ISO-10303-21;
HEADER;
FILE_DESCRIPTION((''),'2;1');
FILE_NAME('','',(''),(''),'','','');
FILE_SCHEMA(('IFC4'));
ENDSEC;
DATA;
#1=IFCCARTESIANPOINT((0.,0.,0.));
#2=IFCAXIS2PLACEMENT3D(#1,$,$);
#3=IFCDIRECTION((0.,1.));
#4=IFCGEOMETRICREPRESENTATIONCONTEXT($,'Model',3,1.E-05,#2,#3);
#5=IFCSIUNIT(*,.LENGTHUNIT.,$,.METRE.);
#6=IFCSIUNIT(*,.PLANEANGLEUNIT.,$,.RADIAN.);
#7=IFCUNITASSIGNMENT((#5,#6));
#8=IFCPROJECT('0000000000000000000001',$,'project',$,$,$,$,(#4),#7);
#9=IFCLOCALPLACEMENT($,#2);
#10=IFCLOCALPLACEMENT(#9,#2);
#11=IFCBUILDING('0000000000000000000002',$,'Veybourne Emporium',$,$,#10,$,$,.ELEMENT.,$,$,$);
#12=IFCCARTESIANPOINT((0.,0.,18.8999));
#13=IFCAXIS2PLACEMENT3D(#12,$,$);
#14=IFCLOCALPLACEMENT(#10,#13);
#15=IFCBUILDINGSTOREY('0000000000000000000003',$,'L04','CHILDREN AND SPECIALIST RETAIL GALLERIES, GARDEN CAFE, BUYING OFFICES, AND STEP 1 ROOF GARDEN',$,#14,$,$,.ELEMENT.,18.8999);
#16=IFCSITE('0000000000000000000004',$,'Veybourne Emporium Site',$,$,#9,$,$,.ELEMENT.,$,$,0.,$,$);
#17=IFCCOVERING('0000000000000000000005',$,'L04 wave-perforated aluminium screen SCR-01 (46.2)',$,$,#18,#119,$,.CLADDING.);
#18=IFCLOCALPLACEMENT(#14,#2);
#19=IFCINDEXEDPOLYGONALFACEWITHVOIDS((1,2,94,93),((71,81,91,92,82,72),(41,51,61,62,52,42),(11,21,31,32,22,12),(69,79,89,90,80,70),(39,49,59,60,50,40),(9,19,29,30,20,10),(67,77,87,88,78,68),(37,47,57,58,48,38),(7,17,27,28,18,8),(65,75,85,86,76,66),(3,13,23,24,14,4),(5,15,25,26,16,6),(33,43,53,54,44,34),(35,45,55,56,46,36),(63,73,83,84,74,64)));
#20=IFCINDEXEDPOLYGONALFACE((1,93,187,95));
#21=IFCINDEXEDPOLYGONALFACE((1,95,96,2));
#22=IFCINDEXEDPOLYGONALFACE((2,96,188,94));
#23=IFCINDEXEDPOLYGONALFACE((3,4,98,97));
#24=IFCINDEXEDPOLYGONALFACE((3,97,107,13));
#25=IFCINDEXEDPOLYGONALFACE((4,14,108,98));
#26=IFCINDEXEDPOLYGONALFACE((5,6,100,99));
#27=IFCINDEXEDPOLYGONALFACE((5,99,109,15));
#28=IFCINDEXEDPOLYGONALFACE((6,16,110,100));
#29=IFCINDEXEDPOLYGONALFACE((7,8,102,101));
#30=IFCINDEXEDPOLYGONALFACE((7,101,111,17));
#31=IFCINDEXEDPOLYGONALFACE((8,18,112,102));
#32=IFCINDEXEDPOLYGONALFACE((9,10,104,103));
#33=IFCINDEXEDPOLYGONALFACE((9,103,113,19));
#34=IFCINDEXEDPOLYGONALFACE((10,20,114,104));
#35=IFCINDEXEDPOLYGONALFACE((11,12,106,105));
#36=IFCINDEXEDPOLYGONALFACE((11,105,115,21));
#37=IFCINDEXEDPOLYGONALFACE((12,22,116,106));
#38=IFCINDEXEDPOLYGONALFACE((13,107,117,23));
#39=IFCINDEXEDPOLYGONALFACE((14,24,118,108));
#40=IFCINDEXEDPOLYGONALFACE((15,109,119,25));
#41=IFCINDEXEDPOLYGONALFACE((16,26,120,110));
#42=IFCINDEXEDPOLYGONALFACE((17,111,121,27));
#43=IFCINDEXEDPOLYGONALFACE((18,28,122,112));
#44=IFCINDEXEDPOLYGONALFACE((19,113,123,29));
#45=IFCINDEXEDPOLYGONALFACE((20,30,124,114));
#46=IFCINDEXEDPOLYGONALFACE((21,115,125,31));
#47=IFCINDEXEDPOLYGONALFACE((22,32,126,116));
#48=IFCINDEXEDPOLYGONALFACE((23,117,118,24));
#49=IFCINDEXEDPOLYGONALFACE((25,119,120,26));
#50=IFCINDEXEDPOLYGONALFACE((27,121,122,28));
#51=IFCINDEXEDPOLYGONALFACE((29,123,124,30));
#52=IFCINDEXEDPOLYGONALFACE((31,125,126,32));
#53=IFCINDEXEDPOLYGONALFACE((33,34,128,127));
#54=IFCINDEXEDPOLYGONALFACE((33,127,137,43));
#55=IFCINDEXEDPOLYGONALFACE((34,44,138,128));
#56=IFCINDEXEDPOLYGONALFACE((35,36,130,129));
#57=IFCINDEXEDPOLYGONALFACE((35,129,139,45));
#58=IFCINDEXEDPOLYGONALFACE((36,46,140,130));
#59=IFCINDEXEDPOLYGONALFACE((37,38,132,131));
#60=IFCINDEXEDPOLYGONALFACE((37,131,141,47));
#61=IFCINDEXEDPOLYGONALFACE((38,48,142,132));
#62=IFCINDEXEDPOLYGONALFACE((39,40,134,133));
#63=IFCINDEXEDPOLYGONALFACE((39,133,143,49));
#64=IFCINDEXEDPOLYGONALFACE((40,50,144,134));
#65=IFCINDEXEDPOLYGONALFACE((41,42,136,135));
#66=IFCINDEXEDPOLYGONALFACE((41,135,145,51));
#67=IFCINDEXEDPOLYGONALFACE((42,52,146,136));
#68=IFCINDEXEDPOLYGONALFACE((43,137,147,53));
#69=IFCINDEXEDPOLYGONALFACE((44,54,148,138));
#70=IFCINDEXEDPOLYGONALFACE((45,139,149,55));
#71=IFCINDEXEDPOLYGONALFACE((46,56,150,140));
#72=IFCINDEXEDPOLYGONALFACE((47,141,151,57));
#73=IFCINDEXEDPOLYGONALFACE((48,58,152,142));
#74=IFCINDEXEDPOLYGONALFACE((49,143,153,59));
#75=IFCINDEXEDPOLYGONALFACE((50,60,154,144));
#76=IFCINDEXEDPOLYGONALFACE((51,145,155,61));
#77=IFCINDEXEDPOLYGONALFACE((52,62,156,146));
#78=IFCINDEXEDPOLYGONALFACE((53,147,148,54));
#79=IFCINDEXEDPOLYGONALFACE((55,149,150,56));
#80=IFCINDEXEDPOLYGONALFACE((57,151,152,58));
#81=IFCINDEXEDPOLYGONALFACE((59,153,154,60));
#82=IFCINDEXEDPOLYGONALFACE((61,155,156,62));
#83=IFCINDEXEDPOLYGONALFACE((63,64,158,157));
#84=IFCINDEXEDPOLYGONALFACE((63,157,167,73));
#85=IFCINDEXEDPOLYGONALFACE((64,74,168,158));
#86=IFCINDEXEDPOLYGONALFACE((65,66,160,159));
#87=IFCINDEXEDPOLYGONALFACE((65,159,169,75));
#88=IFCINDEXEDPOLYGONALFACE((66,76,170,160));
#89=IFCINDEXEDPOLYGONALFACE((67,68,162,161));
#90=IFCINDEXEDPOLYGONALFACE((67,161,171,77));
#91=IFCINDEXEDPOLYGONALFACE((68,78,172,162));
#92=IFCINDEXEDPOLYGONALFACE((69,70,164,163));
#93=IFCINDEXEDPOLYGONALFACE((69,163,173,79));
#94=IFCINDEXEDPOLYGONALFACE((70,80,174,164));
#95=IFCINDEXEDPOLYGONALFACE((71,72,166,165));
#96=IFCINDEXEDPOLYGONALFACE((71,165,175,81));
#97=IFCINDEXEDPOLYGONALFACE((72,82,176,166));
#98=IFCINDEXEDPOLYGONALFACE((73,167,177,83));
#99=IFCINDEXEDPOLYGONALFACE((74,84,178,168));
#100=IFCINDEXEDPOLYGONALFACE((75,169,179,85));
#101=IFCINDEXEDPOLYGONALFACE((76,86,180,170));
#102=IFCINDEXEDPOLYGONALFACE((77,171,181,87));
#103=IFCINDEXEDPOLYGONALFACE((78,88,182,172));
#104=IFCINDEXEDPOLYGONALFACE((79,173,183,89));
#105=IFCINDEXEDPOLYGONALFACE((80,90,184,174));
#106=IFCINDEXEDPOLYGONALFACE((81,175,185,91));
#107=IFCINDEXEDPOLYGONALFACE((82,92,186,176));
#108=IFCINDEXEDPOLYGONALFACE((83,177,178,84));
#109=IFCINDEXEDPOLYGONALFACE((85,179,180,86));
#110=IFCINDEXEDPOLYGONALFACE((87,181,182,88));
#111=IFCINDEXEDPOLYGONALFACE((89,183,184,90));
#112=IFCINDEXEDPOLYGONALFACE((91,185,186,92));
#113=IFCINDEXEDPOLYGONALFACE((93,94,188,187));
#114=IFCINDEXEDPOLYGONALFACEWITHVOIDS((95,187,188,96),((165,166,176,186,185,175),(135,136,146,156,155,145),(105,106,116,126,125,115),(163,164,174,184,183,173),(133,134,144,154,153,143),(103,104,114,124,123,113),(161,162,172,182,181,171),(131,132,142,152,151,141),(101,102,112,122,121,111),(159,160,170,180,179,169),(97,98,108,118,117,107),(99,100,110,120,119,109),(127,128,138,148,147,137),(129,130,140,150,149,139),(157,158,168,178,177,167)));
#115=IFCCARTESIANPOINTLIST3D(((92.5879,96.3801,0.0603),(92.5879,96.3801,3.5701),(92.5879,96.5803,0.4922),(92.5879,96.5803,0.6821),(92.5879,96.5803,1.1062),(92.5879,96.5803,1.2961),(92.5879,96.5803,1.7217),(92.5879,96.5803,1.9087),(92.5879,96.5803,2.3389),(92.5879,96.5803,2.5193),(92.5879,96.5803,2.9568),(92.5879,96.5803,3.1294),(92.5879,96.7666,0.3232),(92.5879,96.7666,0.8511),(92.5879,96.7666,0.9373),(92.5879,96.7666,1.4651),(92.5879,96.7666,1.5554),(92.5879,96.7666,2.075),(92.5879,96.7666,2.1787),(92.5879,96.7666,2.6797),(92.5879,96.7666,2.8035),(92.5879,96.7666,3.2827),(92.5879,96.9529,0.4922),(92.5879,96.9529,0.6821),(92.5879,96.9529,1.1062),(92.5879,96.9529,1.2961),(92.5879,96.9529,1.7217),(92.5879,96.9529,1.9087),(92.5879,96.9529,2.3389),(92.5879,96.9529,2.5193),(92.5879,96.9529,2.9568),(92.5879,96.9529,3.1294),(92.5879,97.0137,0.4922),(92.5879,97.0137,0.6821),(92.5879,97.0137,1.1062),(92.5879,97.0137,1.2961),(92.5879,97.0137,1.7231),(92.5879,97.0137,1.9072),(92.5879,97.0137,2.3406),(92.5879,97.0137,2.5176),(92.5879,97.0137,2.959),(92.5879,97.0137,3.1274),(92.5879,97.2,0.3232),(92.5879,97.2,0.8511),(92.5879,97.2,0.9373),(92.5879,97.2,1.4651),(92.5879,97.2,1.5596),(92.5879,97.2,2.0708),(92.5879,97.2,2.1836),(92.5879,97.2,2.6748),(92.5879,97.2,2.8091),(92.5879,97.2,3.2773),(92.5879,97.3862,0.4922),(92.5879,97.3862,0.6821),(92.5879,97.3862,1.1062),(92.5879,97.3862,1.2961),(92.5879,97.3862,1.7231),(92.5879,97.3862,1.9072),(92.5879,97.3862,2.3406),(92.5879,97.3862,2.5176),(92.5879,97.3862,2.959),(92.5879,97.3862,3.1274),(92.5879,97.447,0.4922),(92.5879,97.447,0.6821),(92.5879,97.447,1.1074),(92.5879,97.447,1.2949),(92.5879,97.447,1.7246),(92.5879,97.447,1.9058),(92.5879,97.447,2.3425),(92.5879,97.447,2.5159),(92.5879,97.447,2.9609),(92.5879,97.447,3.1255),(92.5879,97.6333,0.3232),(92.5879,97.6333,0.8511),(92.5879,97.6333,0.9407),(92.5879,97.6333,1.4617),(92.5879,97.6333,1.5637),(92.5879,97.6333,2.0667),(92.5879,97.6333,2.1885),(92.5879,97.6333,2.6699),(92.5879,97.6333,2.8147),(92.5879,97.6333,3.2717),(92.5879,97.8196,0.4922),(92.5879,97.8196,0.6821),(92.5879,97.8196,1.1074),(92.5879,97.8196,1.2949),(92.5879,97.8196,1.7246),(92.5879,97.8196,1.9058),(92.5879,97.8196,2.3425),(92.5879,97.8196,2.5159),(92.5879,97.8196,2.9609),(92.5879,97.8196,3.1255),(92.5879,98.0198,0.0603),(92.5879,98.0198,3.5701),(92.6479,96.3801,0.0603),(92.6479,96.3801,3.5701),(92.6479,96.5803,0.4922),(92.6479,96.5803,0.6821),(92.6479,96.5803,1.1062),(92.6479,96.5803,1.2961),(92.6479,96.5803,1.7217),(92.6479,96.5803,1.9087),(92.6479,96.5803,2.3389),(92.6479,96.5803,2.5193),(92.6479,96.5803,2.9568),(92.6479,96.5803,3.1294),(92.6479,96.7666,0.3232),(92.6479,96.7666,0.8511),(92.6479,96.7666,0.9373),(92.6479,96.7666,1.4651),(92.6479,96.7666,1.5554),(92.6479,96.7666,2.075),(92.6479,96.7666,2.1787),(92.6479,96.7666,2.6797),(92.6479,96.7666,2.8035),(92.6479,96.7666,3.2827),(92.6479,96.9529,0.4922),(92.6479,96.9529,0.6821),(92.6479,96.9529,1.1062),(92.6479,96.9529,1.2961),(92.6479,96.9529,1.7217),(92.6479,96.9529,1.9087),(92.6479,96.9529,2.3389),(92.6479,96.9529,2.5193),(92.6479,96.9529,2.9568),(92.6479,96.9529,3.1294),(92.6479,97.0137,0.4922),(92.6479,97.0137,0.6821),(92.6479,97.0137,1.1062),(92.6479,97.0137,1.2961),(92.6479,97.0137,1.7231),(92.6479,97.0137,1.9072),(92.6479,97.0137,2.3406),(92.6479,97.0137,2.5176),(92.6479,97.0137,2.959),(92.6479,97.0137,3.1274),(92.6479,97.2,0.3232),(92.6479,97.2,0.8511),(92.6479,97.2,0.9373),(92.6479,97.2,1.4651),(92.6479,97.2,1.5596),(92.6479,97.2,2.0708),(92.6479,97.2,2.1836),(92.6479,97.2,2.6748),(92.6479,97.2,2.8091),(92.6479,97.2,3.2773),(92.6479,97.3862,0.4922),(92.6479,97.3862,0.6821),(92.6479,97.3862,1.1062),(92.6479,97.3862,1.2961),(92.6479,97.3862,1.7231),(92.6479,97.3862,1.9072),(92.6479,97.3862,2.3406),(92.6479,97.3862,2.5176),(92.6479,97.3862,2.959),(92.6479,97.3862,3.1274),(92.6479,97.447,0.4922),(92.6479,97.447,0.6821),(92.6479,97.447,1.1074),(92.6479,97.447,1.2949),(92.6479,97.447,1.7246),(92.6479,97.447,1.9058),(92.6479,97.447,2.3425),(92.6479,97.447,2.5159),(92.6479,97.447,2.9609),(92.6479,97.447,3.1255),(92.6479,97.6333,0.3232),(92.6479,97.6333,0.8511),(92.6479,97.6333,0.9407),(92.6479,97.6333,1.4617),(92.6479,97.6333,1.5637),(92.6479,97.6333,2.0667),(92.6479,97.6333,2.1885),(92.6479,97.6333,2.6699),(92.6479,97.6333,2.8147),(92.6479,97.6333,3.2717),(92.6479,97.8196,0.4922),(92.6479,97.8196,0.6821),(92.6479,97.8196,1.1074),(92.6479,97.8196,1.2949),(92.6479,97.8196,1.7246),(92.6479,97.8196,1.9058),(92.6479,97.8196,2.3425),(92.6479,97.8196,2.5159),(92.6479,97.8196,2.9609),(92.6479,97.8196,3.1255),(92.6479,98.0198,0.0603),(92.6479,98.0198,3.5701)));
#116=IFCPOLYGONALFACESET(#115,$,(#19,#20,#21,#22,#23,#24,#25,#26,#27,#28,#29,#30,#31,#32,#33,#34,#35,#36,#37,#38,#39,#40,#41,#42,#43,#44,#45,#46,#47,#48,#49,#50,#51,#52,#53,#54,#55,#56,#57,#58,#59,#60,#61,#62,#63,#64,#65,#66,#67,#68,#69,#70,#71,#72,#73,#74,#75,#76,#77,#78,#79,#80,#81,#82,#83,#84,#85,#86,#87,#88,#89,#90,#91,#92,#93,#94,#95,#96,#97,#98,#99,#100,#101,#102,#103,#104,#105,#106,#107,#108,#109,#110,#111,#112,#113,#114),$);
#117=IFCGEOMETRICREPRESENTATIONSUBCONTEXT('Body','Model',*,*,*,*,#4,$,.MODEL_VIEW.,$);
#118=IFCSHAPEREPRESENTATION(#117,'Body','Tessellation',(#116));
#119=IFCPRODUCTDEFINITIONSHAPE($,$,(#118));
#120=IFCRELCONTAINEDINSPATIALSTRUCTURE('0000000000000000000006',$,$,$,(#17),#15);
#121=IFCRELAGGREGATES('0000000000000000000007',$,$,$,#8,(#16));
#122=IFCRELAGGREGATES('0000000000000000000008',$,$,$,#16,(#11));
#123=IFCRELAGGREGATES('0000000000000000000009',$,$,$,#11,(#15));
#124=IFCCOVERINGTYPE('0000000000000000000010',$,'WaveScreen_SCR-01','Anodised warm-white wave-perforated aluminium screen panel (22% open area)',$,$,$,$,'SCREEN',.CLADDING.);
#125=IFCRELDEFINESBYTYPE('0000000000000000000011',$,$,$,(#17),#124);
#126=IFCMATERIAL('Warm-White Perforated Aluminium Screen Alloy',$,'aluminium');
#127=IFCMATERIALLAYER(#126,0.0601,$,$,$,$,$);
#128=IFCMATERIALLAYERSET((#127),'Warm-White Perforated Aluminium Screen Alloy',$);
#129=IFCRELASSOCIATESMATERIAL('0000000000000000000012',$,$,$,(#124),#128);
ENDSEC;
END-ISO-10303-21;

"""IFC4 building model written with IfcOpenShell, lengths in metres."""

from ifc_helpers import new_model, si_unit, direction, frame, origin, place, context, subcontext, project, spatial, polyline, outline, extrude, material, layer, layer_set, type_object, element, save


model = new_model("IFC4")

# Units and contexts
model_context = context("Model", 3, precision=1e-05, world=origin(), true_north=direction((0.0, 1.0)))
body_context = subcontext(model_context, "Body", "Model", "MODEL_VIEW")
ifc_project = project(units=[si_unit("LENGTHUNIT", "METRE"), si_unit("PLANEANGLEUNIT", "RADIAN")], contexts=[model_context])

# Site, building, storey
site_placement = place(None, origin())
site = spatial("IfcSite", under=ifc_project, at=site_placement, Name="Veybourne Emporium Site", CompositionType="ELEMENT", RefElevation=0.0)
building_placement = place(site_placement, origin())
building = spatial("IfcBuilding", under=site, at=building_placement, Name="Veybourne Emporium", CompositionType="ELEMENT")
storey_placement = place(building_placement, frame((0.0, 0.0, 18.8999)))
storey = spatial("IfcBuildingStorey", under=building, at=storey_placement, Name="L04", Description="CHILDREN AND SPECIALIST RETAIL GALLERIES, GARDEN CAFE, BUYING OFFICES, AND STEP 1 ROOF GARDEN", CompositionType="ELEMENT", Elevation=18.8999)

# Covering
ifc_material_1 = material(Name="Warm-White Perforated Aluminium Screen Alloy", Category="aluminium")
ifc_layer_1 = layer(ifc_material_1, 0.0601)
ifc_layer_set_1 = layer_set([ifc_layer_1], Name="Warm-White Perforated Aluminium Screen Alloy")
covering_type_1 = type_object("IfcCoveringType", Name="WaveScreen_SCR-01", Description="Anodised warm-white wave-perforated aluminium screen panel (22% open area)", ElementType="SCREEN", PredefinedType="CLADDING", material=ifc_layer_set_1)
covering_1_placement = place(storey_placement, frame((92.6479, 97.2, 1.8152), z_axis=(-1.0, 0.0, 0.0), x_axis=(0.0, -1.0, 0.0)))
element("IfcCovering", 1, at=covering_1_placement, inside=storey, type_object=covering_type_1, Name="L04 wave-perforated aluminium screen SCR-01 (46.2)", PredefinedType="CLADDING", context=body_context, shape_type="SweptSolid", body=[
    extrude(outline(polyline([(-0.8198, -1.7549), (0.8198, -1.7549), (0.8198, 1.7549), (-0.8198, 1.7549), (-0.8198, -1.7549)]), holes=[polyline([(-0.4333, -0.9641), (-0.2471, -1.1331), (-0.2471, -1.323), (-0.4333, -1.4919), (-0.6196, -1.323), (-0.6196, -1.1331), (-0.4333, -0.9641)]), polyline([(-0.4333, -0.3535), (-0.2471, -0.5203), (-0.2471, -0.7078), (-0.4333, -0.8745), (-0.6196, -0.7078), (-0.6196, -0.5203), (-0.4333, -0.3535)]), polyline([(-0.4333, 0.2515), (-0.2471, 0.0906), (-0.2471, -0.0906), (-0.4333, -0.2515), (-0.6196, -0.0906), (-0.6196, 0.0906), (-0.4333, 0.2515)]), polyline([(-0.4333, 0.8547), (-0.2471, 0.7007), (-0.2471, 0.5273), (-0.4333, 0.3733), (-0.6196, 0.5273), (-0.6196, 0.7007), (-0.4333, 0.8547)]), polyline([(-0.4333, 1.4565), (-0.2471, 1.3103), (-0.2471, 1.1458), (-0.4333, 0.9995), (-0.6196, 1.1458), (-0.6196, 1.3103), (-0.4333, 1.4565)]), polyline([(0.0, -0.9641), (0.1863, -1.1331), (0.1863, -1.323), (0.0, -1.4919), (-0.1863, -1.323), (-0.1863, -1.1331), (0.0, -0.9641)]), polyline([(0.0, -0.3501), (0.1863, -0.519), (0.1863, -0.709), (0.0, -0.8779), (-0.1863, -0.709), (-0.1863, -0.519), (0.0, -0.3501)]), polyline([(0.0, 0.2556), (0.1863, 0.092), (0.1863, -0.092), (0.0, -0.2556), (-0.1863, -0.092), (-0.1863, 0.092), (0.0, 0.2556)]), polyline([(0.0, 0.8596), (0.1863, 0.7024), (0.1863, 0.5254), (0.0, 0.3684), (-0.1863, 0.5254), (-0.1863, 0.7024), (0.0, 0.8596)]), polyline([(0.0, 1.4622), (0.1863, 1.3123), (0.1863, 1.1438), (0.0, 0.9939), (-0.1863, 1.1438), (-0.1863, 1.3123), (0.0, 1.4622)]), polyline([(0.4333, -0.9641), (0.6196, -1.1331), (0.6196, -1.323), (0.4333, -1.4919), (0.2471, -1.323), (0.2471, -1.1331), (0.4333, -0.9641)]), polyline([(0.4333, -0.3501), (0.6196, -0.519), (0.6196, -0.709), (0.4333, -0.8779), (0.2471, -0.709), (0.2471, -0.519), (0.4333, -0.3501)]), polyline([(0.4333, 0.2598), (0.6196, 0.0935), (0.6196, -0.0935), (0.4333, -0.2598), (0.2471, -0.0935), (0.2471, 0.0935), (0.4333, 0.2598)]), polyline([(0.4333, 0.8645), (0.6196, 0.7041), (0.6196, 0.5237), (0.4333, 0.3635), (0.2471, 0.5237), (0.2471, 0.7041), (0.4333, 0.8645)]), polyline([(0.4333, 1.4675), (0.6196, 1.3142), (0.6196, 1.1416), (0.4333, 0.9883), (0.2471, 1.1416), (0.2471, 1.3142), (0.4333, 1.4675)])]), origin(), (0.0, 0.0, 1.0), 0.0601),
])

save(model, "model.ifc")
